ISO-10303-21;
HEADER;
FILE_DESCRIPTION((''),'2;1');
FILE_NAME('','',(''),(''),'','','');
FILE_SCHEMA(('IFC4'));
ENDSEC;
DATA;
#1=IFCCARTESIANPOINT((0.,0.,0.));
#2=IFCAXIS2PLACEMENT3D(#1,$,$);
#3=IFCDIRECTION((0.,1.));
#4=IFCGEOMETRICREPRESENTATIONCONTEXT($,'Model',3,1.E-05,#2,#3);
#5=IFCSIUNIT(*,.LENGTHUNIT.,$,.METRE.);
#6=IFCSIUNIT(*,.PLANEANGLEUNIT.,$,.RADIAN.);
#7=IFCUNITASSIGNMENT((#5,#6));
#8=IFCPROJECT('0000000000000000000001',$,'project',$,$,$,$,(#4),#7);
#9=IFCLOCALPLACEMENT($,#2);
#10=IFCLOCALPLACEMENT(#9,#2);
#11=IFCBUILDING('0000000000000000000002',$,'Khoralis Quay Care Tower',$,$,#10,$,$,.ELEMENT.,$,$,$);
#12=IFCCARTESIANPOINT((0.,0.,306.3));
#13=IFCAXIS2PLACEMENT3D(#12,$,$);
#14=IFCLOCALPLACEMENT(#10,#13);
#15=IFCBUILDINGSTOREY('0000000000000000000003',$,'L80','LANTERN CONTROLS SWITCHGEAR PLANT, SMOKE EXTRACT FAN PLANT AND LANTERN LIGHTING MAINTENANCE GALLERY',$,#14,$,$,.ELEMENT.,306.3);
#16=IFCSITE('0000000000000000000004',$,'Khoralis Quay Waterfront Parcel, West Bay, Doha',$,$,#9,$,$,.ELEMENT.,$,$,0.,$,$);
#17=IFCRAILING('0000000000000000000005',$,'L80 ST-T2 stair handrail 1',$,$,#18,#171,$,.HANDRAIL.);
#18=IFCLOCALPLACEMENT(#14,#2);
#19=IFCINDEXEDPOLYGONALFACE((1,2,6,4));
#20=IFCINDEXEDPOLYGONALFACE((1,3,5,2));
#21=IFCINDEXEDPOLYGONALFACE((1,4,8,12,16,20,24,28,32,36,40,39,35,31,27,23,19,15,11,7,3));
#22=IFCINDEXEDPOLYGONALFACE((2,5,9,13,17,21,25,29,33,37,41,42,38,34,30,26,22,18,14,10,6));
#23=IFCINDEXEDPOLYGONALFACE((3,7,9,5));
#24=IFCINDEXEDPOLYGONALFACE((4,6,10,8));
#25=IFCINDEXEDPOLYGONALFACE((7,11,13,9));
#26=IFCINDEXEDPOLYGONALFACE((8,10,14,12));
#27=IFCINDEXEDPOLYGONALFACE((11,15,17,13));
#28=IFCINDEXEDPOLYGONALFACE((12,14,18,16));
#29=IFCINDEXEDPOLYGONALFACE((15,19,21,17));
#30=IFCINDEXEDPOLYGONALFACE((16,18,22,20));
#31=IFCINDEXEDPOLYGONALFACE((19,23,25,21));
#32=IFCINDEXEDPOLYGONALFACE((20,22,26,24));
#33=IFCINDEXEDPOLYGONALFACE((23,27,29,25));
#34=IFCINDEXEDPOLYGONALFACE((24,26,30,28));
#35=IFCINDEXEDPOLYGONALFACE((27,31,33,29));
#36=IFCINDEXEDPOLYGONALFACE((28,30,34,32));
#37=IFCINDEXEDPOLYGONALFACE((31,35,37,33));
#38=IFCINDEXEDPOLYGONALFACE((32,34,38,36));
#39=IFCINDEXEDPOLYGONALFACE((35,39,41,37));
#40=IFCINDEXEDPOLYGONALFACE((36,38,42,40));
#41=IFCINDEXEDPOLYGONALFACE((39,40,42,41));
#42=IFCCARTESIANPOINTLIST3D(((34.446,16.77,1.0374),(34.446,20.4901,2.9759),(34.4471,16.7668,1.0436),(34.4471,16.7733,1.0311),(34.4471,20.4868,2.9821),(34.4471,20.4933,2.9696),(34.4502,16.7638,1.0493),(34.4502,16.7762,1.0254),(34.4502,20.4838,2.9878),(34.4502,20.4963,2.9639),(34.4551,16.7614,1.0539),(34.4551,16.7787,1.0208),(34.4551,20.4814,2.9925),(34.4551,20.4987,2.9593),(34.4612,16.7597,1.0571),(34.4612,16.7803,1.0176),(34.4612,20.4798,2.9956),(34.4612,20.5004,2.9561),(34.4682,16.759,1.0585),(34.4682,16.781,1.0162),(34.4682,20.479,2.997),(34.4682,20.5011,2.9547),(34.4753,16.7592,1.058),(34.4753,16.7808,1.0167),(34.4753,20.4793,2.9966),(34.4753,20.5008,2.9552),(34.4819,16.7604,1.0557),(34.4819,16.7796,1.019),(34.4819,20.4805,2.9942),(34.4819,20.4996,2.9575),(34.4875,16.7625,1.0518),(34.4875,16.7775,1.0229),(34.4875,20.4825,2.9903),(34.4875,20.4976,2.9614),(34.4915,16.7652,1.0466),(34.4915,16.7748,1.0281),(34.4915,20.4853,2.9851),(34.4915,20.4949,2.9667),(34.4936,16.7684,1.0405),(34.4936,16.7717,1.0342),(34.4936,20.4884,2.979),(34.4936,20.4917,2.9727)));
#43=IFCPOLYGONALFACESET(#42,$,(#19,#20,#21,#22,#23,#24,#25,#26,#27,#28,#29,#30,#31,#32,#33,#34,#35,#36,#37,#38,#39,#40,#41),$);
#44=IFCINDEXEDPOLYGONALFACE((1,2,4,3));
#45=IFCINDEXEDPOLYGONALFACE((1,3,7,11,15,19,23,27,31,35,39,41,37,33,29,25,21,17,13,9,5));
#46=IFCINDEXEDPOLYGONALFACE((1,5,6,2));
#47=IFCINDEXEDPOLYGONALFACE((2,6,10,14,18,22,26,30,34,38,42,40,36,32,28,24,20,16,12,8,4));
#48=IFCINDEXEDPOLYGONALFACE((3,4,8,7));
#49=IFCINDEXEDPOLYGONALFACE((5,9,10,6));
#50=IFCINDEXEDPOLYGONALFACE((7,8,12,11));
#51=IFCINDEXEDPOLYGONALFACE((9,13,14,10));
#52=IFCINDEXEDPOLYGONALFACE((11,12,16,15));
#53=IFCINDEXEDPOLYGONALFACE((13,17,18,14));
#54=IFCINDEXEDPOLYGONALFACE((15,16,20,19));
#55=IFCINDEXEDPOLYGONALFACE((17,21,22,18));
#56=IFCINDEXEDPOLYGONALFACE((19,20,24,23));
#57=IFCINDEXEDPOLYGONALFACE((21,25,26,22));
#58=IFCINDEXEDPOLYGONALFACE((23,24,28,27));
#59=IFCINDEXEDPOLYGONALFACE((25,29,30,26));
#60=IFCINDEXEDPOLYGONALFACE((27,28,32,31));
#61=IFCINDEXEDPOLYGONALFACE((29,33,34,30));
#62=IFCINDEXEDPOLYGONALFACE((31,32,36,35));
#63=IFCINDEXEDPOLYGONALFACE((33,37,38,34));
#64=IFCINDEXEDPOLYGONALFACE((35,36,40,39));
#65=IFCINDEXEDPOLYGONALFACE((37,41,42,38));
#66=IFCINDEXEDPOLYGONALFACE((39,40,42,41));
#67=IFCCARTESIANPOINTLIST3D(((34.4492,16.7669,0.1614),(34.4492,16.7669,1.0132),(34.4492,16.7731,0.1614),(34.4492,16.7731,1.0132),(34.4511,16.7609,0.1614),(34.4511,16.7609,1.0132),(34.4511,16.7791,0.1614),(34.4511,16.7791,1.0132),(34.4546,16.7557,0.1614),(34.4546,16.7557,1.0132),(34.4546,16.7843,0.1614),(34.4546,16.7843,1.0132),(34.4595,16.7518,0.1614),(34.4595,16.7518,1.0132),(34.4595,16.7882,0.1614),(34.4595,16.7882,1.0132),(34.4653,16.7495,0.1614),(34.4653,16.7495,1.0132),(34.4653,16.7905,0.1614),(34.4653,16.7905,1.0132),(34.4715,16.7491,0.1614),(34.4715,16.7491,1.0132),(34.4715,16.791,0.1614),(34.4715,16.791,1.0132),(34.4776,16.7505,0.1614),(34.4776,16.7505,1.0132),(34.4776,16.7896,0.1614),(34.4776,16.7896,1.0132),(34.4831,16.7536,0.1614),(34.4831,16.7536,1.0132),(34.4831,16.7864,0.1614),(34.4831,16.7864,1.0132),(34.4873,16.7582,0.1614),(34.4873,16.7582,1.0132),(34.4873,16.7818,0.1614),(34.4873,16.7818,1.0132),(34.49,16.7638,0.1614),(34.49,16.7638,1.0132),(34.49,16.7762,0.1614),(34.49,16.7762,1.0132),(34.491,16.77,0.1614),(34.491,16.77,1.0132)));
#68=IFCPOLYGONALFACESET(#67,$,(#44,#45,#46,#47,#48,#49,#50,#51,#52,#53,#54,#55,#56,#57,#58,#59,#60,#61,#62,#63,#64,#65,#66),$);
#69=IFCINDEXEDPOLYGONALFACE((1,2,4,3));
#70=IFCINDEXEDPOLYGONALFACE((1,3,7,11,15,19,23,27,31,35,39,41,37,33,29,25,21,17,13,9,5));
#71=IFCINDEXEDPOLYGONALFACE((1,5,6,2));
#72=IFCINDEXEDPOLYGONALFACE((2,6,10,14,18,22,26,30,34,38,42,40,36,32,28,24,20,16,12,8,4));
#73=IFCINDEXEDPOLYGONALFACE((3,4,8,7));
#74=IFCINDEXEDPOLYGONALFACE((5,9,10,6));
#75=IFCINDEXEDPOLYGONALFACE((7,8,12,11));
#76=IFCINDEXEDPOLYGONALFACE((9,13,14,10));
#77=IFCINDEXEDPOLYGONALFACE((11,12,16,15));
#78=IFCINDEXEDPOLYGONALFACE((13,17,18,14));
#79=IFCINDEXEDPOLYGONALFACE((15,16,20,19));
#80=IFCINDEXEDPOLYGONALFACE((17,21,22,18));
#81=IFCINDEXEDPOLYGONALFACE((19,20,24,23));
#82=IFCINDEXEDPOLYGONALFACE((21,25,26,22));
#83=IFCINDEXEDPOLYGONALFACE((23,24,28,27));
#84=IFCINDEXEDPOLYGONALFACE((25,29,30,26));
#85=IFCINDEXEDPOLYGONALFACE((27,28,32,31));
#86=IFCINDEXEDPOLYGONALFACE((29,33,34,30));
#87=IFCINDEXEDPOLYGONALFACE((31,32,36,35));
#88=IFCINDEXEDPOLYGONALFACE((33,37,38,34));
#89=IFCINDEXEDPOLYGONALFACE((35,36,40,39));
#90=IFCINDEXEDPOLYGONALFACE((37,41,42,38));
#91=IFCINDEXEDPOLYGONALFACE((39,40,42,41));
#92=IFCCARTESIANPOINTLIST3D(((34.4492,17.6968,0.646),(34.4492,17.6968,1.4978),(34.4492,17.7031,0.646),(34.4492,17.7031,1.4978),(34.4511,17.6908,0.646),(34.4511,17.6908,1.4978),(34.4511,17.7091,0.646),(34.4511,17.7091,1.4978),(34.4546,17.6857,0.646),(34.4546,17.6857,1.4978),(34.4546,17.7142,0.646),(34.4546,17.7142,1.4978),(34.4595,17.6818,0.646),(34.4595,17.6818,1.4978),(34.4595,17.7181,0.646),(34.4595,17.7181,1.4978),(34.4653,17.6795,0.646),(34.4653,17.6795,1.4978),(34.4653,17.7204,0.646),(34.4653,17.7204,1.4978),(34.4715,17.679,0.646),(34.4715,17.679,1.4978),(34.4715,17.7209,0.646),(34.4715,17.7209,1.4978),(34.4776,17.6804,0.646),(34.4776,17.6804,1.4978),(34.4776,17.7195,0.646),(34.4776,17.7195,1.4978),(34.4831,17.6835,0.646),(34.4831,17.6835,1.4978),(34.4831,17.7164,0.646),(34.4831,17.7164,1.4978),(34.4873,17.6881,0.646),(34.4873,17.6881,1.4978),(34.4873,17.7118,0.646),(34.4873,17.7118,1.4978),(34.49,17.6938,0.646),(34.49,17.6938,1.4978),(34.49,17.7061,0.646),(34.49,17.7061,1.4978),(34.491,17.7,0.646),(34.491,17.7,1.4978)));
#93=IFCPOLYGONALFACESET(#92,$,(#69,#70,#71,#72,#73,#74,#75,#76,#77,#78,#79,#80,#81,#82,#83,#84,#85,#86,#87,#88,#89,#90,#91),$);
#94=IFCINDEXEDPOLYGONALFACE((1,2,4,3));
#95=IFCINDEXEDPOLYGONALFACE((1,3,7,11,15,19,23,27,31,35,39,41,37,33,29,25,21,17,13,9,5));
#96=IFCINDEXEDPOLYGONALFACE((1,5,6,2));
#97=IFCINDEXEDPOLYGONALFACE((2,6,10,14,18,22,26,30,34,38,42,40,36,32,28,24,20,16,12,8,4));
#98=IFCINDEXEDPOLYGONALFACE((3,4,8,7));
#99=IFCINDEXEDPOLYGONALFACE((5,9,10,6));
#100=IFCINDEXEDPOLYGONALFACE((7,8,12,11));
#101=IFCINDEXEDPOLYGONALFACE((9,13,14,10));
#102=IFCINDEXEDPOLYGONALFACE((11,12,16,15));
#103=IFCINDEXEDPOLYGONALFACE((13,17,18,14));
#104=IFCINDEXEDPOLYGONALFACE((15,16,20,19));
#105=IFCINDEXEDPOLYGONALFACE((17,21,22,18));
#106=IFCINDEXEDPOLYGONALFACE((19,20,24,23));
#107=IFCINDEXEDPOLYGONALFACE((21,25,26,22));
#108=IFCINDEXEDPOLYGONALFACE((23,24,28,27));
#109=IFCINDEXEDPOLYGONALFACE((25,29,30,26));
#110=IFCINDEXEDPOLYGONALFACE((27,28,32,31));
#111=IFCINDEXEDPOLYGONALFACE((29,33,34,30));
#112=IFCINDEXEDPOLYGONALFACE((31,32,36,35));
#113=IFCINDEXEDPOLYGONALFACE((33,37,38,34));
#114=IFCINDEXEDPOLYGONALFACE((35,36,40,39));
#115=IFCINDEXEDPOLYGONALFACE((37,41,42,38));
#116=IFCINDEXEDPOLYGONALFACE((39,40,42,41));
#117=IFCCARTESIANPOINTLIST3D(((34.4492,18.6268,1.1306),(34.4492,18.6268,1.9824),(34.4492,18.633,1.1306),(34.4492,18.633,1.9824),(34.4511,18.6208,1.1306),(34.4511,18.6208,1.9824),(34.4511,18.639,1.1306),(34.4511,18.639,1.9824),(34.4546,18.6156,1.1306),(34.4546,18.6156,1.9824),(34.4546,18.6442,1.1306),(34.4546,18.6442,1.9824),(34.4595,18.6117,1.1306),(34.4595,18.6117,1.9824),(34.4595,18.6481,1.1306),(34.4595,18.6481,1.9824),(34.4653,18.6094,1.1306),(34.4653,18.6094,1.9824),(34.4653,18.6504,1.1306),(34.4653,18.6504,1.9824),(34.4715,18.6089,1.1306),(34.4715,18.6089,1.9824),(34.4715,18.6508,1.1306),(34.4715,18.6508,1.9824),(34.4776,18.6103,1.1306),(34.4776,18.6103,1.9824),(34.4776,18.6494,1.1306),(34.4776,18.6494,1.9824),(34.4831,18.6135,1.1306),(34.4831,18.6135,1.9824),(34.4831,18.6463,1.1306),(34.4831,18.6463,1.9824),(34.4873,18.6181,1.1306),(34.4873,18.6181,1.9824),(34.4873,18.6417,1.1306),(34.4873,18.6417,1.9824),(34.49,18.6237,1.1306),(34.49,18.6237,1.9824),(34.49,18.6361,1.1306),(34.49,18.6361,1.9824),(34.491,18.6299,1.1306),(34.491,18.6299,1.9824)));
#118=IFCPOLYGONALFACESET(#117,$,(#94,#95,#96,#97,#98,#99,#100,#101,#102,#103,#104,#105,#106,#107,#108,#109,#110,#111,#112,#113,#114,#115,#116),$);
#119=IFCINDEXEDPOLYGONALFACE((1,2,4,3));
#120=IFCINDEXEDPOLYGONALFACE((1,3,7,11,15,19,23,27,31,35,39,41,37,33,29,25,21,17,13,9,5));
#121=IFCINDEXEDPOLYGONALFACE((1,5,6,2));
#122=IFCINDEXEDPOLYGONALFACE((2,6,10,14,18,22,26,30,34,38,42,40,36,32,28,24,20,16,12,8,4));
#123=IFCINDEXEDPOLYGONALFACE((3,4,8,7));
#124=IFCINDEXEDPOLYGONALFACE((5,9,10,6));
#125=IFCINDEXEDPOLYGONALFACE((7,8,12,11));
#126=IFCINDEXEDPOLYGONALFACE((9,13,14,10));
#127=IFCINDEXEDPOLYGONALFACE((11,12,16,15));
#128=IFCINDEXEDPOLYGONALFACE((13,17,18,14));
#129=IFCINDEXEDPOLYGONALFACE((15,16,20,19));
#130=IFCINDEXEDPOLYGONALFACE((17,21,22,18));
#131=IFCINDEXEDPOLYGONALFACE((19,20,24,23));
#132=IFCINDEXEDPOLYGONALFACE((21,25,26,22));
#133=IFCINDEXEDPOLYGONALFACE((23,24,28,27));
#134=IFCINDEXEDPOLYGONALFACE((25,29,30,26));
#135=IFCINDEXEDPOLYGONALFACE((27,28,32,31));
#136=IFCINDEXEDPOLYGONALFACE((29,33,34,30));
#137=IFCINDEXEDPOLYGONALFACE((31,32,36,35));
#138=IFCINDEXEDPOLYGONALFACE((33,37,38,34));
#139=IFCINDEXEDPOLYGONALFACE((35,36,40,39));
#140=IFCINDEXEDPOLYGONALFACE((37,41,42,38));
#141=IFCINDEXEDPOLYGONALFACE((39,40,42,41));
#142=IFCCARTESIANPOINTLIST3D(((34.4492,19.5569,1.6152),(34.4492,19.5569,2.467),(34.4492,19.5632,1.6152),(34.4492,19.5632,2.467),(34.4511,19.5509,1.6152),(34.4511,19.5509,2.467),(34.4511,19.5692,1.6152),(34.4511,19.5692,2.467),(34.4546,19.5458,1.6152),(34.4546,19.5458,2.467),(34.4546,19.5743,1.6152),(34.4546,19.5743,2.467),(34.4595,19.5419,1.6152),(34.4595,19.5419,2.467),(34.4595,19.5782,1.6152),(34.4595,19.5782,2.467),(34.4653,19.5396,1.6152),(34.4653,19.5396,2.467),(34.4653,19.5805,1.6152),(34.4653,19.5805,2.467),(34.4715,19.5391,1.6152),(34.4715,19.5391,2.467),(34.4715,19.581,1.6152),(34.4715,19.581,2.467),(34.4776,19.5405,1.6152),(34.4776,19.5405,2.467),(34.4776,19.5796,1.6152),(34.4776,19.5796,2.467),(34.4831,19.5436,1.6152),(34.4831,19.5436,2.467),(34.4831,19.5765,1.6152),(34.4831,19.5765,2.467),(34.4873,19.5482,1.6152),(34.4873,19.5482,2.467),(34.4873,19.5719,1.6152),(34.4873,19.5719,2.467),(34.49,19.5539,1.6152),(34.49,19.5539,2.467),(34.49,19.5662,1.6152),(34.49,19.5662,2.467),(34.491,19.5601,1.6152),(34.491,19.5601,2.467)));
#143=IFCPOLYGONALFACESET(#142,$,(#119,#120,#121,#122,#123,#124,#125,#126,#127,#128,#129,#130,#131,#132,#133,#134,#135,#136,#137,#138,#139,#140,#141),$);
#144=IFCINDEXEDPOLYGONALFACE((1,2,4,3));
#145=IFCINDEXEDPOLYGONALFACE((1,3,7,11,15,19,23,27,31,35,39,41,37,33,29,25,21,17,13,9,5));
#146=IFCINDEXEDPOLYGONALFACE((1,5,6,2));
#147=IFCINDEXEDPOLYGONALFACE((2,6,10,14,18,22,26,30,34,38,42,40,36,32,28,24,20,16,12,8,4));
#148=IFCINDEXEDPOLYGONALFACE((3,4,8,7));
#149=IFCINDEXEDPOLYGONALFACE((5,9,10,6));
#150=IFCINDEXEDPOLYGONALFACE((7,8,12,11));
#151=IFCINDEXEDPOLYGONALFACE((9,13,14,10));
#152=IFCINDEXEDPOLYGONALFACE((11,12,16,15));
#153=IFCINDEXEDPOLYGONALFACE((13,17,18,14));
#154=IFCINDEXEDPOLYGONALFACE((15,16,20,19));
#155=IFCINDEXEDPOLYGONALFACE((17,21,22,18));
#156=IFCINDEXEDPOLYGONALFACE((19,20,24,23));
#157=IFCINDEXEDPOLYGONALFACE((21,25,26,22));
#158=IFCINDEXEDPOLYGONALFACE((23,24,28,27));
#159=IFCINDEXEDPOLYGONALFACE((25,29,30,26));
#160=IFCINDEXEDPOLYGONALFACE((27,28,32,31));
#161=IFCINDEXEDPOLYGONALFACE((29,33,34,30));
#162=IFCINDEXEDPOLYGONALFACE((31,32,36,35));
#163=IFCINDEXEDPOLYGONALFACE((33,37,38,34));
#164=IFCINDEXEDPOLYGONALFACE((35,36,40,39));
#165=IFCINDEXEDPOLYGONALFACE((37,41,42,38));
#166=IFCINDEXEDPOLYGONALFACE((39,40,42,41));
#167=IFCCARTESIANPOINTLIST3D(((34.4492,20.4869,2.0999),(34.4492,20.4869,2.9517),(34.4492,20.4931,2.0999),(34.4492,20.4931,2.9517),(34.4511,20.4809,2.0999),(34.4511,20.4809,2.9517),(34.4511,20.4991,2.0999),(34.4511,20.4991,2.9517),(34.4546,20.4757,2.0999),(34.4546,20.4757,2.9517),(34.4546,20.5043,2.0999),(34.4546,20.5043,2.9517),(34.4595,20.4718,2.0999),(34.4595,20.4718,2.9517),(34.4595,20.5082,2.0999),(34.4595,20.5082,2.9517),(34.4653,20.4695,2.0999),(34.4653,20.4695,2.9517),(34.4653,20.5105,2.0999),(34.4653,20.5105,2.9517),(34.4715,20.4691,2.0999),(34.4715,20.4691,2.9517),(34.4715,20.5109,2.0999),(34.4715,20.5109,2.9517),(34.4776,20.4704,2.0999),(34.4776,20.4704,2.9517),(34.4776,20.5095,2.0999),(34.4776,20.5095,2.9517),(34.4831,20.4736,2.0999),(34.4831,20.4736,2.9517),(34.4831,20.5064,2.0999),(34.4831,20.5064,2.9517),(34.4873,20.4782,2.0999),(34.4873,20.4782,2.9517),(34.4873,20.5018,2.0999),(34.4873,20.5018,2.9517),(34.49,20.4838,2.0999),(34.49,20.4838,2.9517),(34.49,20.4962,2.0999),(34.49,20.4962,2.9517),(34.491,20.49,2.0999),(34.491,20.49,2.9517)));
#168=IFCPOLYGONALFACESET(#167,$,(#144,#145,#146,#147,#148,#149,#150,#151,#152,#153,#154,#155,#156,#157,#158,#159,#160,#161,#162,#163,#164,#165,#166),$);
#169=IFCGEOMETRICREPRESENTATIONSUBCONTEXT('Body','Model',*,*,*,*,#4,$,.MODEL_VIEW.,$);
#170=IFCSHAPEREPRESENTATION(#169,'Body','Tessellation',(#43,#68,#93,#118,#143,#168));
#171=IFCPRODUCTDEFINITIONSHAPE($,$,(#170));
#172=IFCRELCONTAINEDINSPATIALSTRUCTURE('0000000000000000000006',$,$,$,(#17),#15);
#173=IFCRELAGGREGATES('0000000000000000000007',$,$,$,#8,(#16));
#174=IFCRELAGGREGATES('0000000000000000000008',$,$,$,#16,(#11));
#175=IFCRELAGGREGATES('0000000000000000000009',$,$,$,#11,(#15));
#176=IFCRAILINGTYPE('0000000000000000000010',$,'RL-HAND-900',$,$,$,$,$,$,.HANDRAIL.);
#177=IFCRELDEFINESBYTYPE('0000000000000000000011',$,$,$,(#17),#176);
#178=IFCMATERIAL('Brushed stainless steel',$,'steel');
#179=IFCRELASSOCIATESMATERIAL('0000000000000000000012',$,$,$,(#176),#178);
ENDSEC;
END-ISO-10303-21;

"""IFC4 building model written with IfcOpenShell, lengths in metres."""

from ifc_helpers import new_model, si_unit, direction, frame, origin, origin_2d, place, context, subcontext, project, spatial, circle, extrude, material, type_object, element, save


model = new_model("IFC4")

# Units and contexts
model_context = context("Model", 3, precision=1e-05, world=origin(), true_north=direction((0.0, 1.0)))
body_context = subcontext(model_context, "Body", "Model", "MODEL_VIEW")
ifc_project = project(units=[si_unit("LENGTHUNIT", "METRE"), si_unit("PLANEANGLEUNIT", "RADIAN")], contexts=[model_context])

# Site, building, storey
site_placement = place(None, origin())
site = spatial("IfcSite", under=ifc_project, at=site_placement, Name="Khoralis Quay Waterfront Parcel, West Bay, Doha", CompositionType="ELEMENT", RefElevation=0.0)
building_placement = place(site_placement, origin())
building = spatial("IfcBuilding", under=site, at=building_placement, Name="Khoralis Quay Care Tower", CompositionType="ELEMENT")
storey_placement = place(building_placement, frame((0.0, 0.0, 306.3)))
storey = spatial("IfcBuildingStorey", under=building, at=storey_placement, Name="L80", Description="LANTERN CONTROLS SWITCHGEAR PLANT, SMOKE EXTRACT FAN PLANT AND LANTERN LIGHTING MAINTENANCE GALLERY", CompositionType="ELEMENT", Elevation=306.3)

# Shared definitions
ifc_material_1 = material(Name="Brushed stainless steel", Category="steel")

# Railing
railing_type_1 = type_object("IfcRailingType", Name="RL-HAND-900", PredefinedType="HANDRAIL", material=ifc_material_1)
railing_1_placement = place(storey_placement, frame((34.47, 16.77, 0.1614)))
element("IfcRailing", 1, at=railing_1_placement, inside=storey, type_object=railing_type_1, Name="L80 ST-T2 stair handrail 1", PredefinedType="HANDRAIL", context=body_context, shape_type="SweptSolid", body=[
    extrude(circle(Radius=0.0239, at=origin_2d()), frame((0.0, 0.0, 0.876), z_axis=(0.0, 0.886817, 0.46212), x_axis=(-1.0, 0.0, 0.0)), (0.0, 0.0, 1.0), 4.1948),
    extrude(circle(Radius=0.021, at=origin_2d()), origin(), (0.0, 0.0, 1.0), 0.8518),
    extrude(circle(Radius=0.021, at=origin_2d()), frame((0.0, 0.9299, 0.4846)), (0.0, 0.0, 1.0), 0.8518),
    extrude(circle(Radius=0.021, at=origin_2d()), frame((0.0, 1.8599, 0.9692)), (0.0, 0.0, 1.0), 0.8518),
    extrude(circle(Radius=0.021, at=origin_2d()), frame((0.0, 2.79, 1.4539)), (0.0, 0.0, 1.0), 0.8518),
    extrude(circle(Radius=0.021, at=origin_2d()), frame((0.0, 3.72, 1.9385)), (0.0, 0.0, 1.0), 0.8518),
])

save(model, "model.ifc")
